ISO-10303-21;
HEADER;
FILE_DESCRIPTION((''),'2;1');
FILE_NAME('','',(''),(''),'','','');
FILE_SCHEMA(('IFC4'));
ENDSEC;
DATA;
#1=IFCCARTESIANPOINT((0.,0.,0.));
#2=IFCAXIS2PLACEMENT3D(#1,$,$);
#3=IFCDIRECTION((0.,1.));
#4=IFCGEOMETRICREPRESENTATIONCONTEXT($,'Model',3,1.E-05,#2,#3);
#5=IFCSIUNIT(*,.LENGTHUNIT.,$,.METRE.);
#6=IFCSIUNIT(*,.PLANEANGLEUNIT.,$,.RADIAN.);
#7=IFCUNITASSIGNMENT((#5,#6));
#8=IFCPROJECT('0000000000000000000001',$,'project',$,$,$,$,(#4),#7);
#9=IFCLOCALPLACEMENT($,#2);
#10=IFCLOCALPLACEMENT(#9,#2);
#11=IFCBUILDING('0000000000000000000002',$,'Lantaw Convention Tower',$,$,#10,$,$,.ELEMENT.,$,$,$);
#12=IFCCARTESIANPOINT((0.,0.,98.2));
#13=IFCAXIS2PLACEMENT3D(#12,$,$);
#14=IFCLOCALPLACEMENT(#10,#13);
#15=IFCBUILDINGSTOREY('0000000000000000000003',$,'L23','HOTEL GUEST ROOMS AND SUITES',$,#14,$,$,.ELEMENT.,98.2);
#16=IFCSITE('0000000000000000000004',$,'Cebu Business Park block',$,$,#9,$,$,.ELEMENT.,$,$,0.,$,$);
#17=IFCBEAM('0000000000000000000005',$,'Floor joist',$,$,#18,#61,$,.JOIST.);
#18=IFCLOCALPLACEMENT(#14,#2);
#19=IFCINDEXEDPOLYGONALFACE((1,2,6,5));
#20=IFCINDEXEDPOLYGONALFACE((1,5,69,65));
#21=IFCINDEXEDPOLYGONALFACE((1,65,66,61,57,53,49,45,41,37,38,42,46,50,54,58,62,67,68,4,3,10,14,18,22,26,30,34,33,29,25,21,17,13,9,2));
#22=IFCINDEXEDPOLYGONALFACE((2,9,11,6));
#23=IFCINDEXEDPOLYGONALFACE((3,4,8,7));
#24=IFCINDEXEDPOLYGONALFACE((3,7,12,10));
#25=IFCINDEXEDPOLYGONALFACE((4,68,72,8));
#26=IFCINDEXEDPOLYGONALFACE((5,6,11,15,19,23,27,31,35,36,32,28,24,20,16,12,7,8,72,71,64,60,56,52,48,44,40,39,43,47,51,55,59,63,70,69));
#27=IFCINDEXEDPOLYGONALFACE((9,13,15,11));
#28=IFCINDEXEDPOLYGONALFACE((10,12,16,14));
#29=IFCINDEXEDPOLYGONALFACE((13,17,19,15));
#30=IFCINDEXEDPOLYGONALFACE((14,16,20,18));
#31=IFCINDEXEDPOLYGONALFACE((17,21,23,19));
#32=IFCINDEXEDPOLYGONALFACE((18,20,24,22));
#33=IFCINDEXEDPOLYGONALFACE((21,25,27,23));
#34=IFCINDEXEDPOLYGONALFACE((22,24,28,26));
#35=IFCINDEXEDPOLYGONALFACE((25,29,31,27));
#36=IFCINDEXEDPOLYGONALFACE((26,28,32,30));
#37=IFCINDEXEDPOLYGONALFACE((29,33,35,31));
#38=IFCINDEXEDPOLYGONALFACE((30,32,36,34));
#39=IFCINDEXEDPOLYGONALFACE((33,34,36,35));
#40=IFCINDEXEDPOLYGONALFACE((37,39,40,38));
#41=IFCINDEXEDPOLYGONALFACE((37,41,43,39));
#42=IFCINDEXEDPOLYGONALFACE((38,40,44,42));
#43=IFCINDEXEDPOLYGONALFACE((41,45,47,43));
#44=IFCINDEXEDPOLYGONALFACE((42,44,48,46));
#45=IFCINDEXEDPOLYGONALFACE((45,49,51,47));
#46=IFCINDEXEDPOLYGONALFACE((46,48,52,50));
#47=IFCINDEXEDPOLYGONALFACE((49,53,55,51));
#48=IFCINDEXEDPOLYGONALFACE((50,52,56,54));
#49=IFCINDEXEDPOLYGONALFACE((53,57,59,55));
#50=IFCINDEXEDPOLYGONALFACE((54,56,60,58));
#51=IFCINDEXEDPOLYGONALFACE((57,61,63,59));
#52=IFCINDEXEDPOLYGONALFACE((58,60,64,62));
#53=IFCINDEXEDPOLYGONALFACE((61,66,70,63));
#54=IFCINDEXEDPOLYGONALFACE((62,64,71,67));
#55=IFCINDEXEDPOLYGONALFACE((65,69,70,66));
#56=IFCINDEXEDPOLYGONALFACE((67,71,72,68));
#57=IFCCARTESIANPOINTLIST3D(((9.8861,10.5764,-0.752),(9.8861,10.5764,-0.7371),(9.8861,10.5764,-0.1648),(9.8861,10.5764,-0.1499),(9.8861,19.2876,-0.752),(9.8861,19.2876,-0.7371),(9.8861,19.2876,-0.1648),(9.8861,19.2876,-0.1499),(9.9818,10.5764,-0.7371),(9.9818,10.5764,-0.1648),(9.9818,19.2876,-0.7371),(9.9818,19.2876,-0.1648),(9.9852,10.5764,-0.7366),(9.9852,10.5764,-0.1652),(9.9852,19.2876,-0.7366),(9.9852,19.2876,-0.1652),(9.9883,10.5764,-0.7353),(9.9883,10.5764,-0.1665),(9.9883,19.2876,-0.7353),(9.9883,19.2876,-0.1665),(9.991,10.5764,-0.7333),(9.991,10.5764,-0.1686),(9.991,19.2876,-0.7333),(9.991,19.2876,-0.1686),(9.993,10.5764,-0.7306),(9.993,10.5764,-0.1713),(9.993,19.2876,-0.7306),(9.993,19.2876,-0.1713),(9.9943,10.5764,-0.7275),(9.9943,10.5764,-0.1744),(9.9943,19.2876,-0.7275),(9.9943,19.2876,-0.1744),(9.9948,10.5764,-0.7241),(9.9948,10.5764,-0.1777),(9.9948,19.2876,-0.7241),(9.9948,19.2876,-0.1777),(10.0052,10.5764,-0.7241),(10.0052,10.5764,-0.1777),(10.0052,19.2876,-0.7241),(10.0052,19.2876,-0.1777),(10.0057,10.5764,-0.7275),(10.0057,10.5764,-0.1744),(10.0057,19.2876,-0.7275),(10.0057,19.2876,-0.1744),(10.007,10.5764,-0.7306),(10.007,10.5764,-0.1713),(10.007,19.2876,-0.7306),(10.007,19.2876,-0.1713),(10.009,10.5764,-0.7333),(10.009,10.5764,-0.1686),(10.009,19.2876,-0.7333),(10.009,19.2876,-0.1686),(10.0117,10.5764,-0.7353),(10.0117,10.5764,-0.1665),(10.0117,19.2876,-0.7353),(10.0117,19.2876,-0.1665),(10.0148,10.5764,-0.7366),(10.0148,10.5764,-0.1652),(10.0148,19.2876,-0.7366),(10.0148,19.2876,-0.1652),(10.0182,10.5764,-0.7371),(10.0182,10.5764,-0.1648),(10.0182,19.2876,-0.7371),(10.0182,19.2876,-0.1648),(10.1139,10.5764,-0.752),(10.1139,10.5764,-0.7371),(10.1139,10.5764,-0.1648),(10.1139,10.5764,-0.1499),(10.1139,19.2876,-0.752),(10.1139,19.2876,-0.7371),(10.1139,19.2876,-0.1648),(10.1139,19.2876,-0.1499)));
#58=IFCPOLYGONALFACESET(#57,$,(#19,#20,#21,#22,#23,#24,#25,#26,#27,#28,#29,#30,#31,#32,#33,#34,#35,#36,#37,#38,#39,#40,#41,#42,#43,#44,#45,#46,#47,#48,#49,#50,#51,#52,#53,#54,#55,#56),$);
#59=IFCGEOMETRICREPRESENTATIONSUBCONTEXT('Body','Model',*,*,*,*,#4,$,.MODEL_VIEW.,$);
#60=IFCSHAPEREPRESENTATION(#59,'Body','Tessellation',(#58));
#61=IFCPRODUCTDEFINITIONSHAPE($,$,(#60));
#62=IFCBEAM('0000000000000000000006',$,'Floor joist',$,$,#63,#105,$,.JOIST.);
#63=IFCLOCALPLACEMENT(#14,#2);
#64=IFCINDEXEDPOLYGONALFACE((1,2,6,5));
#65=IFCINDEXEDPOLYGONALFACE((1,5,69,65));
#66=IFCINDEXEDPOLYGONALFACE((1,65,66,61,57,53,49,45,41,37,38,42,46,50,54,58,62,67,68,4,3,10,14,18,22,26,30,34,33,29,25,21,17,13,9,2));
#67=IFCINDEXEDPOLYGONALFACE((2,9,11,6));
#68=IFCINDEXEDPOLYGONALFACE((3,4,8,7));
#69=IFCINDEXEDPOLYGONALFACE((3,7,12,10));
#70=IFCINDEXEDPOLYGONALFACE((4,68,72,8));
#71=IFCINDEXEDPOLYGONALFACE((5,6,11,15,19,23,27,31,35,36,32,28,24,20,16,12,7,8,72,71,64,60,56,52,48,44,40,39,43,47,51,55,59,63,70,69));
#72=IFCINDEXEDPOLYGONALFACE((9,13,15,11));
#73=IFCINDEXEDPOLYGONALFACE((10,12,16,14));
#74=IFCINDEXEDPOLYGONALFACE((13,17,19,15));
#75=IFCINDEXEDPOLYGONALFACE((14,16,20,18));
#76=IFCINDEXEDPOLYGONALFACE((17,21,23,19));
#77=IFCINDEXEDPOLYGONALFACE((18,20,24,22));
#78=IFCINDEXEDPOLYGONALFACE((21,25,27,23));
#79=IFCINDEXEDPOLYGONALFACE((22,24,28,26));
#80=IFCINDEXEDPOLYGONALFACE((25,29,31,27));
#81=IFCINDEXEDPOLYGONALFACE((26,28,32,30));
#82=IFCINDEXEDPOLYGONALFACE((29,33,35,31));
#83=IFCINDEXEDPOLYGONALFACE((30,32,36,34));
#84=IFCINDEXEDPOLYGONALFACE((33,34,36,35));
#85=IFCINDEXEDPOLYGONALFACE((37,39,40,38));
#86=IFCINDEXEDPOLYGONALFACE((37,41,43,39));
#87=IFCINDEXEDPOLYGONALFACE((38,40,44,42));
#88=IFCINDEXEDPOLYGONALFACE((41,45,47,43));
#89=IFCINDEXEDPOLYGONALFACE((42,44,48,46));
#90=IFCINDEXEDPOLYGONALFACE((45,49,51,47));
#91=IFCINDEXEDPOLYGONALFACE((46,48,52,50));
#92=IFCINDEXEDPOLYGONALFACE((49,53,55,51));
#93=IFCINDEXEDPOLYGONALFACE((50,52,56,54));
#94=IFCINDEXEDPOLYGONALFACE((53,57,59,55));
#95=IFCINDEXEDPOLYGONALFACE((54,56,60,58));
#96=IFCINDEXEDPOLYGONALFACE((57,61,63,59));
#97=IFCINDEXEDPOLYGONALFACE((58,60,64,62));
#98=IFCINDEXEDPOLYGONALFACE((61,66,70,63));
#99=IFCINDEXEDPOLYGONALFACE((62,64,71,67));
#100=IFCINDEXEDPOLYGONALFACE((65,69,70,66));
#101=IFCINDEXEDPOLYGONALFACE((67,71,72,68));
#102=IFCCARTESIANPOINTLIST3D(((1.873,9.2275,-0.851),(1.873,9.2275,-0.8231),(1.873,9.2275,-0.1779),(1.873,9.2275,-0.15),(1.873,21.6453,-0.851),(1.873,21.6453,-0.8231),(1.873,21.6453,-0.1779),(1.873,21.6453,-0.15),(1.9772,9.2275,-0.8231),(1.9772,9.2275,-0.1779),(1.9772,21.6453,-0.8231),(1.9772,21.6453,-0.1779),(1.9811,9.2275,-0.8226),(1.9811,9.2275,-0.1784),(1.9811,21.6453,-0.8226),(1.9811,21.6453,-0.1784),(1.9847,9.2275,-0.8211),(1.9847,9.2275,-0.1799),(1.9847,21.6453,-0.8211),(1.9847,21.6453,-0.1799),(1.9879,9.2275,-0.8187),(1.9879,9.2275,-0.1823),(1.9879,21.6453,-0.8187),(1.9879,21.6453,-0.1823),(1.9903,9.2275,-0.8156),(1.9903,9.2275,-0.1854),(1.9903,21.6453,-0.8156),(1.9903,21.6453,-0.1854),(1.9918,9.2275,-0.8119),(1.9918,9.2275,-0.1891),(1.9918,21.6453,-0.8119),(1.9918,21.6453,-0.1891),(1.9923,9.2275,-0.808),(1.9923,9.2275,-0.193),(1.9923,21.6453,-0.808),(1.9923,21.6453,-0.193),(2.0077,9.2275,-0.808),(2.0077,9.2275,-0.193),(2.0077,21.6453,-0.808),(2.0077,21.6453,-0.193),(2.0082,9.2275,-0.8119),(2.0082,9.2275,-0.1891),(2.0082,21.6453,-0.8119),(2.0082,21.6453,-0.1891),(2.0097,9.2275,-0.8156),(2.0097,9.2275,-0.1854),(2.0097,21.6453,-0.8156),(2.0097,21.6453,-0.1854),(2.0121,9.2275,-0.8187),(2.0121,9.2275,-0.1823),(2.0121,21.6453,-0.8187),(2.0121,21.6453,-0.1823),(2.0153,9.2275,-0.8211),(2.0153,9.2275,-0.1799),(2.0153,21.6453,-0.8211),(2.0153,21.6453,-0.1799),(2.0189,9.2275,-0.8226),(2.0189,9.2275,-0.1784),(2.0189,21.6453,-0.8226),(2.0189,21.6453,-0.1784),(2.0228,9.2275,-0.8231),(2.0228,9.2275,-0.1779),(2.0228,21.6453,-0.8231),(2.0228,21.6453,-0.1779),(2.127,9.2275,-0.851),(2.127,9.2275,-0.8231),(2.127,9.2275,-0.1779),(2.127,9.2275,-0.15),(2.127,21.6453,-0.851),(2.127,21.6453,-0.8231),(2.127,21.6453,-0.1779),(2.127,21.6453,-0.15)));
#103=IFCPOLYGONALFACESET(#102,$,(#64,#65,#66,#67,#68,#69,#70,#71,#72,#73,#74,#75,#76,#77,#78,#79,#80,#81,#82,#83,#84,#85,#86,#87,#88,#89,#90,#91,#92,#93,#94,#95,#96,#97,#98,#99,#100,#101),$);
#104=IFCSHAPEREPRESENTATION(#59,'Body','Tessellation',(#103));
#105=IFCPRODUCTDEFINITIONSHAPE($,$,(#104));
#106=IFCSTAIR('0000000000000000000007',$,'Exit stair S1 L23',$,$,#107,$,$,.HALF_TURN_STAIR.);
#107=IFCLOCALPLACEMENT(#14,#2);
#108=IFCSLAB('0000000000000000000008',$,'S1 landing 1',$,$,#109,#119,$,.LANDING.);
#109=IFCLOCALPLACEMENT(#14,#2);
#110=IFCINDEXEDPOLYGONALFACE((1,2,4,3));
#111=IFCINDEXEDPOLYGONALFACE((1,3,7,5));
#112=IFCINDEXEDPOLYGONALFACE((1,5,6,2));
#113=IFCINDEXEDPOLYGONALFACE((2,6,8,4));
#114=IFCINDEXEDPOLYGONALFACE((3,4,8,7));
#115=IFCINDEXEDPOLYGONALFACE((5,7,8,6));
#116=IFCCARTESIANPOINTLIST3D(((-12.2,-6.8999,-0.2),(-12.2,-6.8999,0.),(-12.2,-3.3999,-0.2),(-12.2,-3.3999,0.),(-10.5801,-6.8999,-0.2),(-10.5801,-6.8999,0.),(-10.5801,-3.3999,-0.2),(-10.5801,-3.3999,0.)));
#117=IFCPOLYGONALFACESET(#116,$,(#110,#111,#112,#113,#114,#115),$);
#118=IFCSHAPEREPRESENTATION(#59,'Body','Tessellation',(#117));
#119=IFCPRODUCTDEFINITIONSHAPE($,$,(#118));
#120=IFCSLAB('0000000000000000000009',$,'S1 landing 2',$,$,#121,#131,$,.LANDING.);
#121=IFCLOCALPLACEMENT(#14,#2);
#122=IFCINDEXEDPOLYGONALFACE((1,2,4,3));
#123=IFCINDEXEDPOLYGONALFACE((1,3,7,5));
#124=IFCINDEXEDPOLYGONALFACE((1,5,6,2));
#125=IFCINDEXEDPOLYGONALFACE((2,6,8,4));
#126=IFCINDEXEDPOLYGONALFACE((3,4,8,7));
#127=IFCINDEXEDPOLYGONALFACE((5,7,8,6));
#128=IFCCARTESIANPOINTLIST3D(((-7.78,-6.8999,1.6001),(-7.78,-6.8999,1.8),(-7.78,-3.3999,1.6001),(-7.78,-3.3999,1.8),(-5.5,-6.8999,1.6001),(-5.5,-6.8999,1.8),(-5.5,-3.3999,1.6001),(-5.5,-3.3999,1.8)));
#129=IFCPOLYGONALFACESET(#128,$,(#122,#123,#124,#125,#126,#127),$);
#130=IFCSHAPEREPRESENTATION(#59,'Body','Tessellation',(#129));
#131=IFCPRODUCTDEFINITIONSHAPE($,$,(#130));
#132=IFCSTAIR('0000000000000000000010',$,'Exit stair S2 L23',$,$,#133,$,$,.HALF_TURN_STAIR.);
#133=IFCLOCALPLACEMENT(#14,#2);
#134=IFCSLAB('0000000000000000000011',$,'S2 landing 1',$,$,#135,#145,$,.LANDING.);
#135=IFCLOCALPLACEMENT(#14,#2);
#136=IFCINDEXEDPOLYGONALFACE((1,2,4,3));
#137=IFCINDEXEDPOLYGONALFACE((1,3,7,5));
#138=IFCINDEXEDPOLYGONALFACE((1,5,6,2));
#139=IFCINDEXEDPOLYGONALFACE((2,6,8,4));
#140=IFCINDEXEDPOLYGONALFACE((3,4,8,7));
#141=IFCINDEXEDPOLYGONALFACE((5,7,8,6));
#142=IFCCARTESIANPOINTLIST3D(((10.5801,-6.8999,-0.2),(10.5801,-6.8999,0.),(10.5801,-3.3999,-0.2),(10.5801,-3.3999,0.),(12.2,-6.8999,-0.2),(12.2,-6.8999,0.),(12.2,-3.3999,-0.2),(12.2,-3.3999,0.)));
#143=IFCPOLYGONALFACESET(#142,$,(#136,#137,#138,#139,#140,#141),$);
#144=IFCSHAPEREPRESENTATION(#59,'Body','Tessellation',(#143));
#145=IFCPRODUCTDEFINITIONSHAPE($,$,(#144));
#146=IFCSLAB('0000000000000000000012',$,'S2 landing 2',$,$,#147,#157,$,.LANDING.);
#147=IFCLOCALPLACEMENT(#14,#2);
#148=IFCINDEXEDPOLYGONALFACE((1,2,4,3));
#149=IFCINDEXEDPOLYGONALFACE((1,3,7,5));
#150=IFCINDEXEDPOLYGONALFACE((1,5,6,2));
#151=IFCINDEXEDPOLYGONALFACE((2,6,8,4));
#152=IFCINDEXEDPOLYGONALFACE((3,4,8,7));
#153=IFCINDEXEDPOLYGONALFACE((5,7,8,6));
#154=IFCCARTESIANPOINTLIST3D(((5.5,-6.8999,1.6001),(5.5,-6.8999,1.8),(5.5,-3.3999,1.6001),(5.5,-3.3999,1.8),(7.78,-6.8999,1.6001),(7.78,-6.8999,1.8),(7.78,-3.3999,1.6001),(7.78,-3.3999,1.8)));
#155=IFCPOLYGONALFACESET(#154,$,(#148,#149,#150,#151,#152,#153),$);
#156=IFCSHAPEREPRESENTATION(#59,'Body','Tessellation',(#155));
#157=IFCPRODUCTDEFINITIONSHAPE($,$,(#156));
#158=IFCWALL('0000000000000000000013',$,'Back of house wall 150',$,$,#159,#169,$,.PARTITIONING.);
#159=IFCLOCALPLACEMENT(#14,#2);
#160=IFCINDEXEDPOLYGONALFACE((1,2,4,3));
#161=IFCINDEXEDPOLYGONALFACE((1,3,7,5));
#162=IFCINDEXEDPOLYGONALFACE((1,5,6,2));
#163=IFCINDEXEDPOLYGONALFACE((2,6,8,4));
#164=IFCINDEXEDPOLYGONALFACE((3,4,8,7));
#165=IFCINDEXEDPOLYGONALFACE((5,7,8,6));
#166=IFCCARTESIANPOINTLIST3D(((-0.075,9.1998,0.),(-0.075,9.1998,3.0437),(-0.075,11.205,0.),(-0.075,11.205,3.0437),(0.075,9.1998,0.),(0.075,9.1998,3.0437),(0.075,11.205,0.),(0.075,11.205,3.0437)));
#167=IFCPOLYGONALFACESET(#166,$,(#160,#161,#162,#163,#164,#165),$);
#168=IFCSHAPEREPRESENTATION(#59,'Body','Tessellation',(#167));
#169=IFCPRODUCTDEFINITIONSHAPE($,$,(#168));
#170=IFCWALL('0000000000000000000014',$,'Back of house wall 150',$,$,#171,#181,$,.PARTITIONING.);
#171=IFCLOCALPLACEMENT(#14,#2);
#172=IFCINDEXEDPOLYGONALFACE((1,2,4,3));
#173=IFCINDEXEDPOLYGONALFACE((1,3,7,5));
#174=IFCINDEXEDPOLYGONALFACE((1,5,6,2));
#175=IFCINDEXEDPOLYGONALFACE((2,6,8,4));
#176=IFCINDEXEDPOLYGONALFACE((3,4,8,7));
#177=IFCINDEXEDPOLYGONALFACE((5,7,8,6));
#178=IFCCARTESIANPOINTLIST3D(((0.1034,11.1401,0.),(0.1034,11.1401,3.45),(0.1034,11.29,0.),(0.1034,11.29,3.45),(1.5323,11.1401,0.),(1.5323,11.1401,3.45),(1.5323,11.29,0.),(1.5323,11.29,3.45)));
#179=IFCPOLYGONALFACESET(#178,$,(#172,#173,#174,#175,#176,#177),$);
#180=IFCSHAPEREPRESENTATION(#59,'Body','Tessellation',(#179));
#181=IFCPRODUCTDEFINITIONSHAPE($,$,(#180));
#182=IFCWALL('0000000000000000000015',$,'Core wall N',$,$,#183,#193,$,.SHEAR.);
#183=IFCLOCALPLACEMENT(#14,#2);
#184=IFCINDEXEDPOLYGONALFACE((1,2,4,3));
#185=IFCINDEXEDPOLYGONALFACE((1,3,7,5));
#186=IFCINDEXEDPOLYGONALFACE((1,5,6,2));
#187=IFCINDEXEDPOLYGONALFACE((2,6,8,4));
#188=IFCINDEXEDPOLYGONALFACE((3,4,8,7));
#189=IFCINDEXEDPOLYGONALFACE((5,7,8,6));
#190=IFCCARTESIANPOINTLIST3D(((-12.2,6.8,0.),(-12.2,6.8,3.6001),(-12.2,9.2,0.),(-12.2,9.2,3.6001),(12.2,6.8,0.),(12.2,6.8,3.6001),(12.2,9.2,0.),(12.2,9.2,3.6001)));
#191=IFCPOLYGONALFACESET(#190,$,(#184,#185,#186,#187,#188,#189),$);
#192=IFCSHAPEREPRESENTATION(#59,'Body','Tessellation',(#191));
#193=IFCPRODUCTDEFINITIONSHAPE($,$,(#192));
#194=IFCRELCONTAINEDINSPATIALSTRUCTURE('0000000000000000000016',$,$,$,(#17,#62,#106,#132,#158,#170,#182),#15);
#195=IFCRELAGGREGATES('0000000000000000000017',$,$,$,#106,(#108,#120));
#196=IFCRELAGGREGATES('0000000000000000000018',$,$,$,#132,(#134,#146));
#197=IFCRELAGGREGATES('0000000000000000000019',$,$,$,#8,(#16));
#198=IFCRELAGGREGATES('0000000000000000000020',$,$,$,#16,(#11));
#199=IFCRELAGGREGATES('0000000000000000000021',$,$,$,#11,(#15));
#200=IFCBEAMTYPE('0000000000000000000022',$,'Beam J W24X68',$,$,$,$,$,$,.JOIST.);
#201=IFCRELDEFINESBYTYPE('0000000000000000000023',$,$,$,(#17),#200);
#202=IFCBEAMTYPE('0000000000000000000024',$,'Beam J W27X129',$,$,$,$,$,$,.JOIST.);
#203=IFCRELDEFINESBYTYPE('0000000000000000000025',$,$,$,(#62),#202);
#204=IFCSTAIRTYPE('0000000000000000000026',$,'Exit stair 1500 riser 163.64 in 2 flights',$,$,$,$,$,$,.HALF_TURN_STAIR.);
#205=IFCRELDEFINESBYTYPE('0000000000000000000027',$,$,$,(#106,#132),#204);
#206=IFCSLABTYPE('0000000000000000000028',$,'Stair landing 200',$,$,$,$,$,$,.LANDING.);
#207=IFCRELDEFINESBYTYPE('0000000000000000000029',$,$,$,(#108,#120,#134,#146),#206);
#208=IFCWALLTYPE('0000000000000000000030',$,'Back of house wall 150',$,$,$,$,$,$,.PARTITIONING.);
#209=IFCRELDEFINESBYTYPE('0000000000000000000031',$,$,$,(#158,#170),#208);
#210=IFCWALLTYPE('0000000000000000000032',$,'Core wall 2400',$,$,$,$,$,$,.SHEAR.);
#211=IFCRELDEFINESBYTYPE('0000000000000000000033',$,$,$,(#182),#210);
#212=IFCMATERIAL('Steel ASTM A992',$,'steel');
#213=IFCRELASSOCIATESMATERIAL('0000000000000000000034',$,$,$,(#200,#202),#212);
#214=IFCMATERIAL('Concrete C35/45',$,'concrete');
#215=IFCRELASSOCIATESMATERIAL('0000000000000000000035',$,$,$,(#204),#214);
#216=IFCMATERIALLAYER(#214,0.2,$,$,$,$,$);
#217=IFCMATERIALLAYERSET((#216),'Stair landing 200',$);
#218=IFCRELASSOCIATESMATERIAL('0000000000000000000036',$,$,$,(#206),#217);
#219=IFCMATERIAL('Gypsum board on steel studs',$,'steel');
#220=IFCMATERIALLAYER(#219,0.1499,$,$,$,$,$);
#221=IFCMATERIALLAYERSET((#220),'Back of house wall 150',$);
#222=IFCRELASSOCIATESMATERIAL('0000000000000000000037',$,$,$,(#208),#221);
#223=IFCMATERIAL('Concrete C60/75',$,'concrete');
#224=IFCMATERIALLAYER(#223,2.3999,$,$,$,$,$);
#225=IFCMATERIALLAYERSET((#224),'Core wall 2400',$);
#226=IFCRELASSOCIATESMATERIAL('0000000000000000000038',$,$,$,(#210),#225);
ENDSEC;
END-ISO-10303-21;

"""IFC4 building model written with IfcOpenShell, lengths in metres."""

from ifc_helpers import new_model, si_unit, direction, frame, frame_2d, origin, origin_2d, place, context, subcontext, project, spatial, polyline, rectangle, i_section, outline, extrude, material, layer, layer_set, material_profile, profile_set, type_object, element, aggregate, save


model = new_model("IFC4")

# Units and contexts
model_context = context("Model", 3, precision=1e-05, world=origin(), true_north=direction((0.0, 1.0)))
body_context = subcontext(model_context, "Body", "Model", "MODEL_VIEW")
ifc_project = project(units=[si_unit("LENGTHUNIT", "METRE"), si_unit("PLANEANGLEUNIT", "RADIAN")], contexts=[model_context])

# Site, building, storey
site_placement = place(None, origin())
site = spatial("IfcSite", under=ifc_project, at=site_placement, Name="Cebu Business Park block", CompositionType="ELEMENT", RefElevation=0.0)
building_placement = place(site_placement, origin())
building = spatial("IfcBuilding", under=site, at=building_placement, Name="Lantaw Convention Tower", CompositionType="ELEMENT")
storey_placement = place(building_placement, frame((0.0, 0.0, 98.2)))
storey = spatial("IfcBuildingStorey", under=building, at=storey_placement, Name="L23", Description="HOTEL GUEST ROOMS AND SUITES", CompositionType="ELEMENT", Elevation=98.2)

# Beams
ifc_material_1 = material(Name="Steel ASTM A992", Category="steel")
ifc_material_profile_1 = material_profile(ifc_material_1, i_section(OverallWidth=0.2278, OverallDepth=0.6021, WebThickness=0.0105, FlangeThickness=0.0149, FilletRadius=0.0129, at=origin_2d()), Name="W24X68")
ifc_profile_set_1 = profile_set([ifc_material_profile_1], Name="Steel ASTM A992")
beam_type_1 = type_object("IfcBeamType", Name="Beam J W24X68", PredefinedType="JOIST", material=ifc_profile_set_1)
beam_1_placement = place(storey_placement, frame((10.0, 10.5764, -0.4509), z_axis=(0.0, 1.0, 0.0), x_axis=(-1.0, 0.0, 0.0)))
element("IfcBeam", 1, at=beam_1_placement, inside=storey, type_object=beam_type_1, Name="Floor joist", PredefinedType="JOIST", context=body_context, shape_type="SweptSolid", body=[
    extrude(i_section(OverallWidth=0.2278, OverallDepth=0.6021, WebThickness=0.0105, FlangeThickness=0.0149, FilletRadius=0.0129, at=origin_2d()), origin(), (0.0, 0.0, 1.0), 8.7112),
])
ifc_material_profile_2 = material_profile(ifc_material_1, i_section(OverallWidth=0.2539, OverallDepth=0.7009, WebThickness=0.0154, FlangeThickness=0.0278, FilletRadius=0.0151, at=origin_2d()), Name="W27X129")
ifc_profile_set_2 = profile_set([ifc_material_profile_2], Name="Steel ASTM A992")
beam_type_2 = type_object("IfcBeamType", Name="Beam J W27X129", PredefinedType="JOIST", material=ifc_profile_set_2)
beam_2_placement = place(storey_placement, frame((2.0, 9.2275, -0.5005), z_axis=(0.0, 1.0, 0.0), x_axis=(-1.0, 0.0, 0.0)))
element("IfcBeam", 2, at=beam_2_placement, inside=storey, type_object=beam_type_2, Name="Floor joist", PredefinedType="JOIST", context=body_context, shape_type="SweptSolid", body=[
    extrude(i_section(OverallWidth=0.2539, OverallDepth=0.7009, WebThickness=0.0154, FlangeThickness=0.0278, FilletRadius=0.0151, at=origin_2d()), origin(), (0.0, 0.0, 1.0), 12.4177),
])

# Stairs, slabs
ifc_material_2 = material(Name="Concrete C35/45", Category="concrete")
stair_type = type_object("IfcStairType", Name="Exit stair 1500 riser 163.64 in 2 flights", PredefinedType="HALF_TURN_STAIR", material=ifc_material_2)
stair_1_placement = place(storey_placement, origin())
stair_1 = element("IfcStair", 3, at=stair_1_placement, inside=storey, type_object=stair_type, Name="Exit stair S1 L23", PredefinedType="HALF_TURN_STAIR")
ifc_layer_1 = layer(ifc_material_2, 0.2)
ifc_layer_set_1 = layer_set([ifc_layer_1], Name="Stair landing 200")
slab_type = type_object("IfcSlabType", Name="Stair landing 200", PredefinedType="LANDING", material=ifc_layer_set_1)
slab_1_placement = place(storey_placement, frame((0.0, 0.0, -0.2)))
slab_1 = element("IfcSlab", 4, at=slab_1_placement, type_object=slab_type, Name="S1 landing 1", PredefinedType="LANDING", context=body_context, shape_type="SweptSolid", body=[
    extrude(outline(polyline([(-12.2, -6.8999), (-10.5801, -6.8999), (-10.5801, -3.3999), (-12.2, -3.3999), (-12.2, -6.8999)])), origin(), (0.0, 0.0, 1.0), 0.2),
])
slab_2_placement = place(storey_placement, frame((0.0, 0.0, 1.6001)))
slab_2 = element("IfcSlab", 5, at=slab_2_placement, type_object=slab_type, Name="S1 landing 2", PredefinedType="LANDING", context=body_context, shape_type="SweptSolid", body=[
    extrude(outline(polyline([(-7.78, -6.8999), (-5.5, -6.8999), (-5.5, -3.3999), (-7.78, -3.3999), (-7.78, -6.8999)])), origin(), (0.0, 0.0, 1.0), 0.2),
])
aggregate(stair_1, [slab_1, slab_2])
stair_2_placement = place(storey_placement, origin())
stair_2 = element("IfcStair", 6, at=stair_2_placement, inside=storey, type_object=stair_type, Name="Exit stair S2 L23", PredefinedType="HALF_TURN_STAIR")
slab_3_placement = place(storey_placement, frame((0.0, 0.0, -0.2)))
slab_3 = element("IfcSlab", 7, at=slab_3_placement, type_object=slab_type, Name="S2 landing 1", PredefinedType="LANDING", context=body_context, shape_type="SweptSolid", body=[
    extrude(outline(polyline([(10.5801, -6.8999), (12.2, -6.8999), (12.2, -3.3999), (10.5801, -3.3999), (10.5801, -6.8999)])), origin(), (0.0, 0.0, 1.0), 0.2),
])
slab_4_placement = place(storey_placement, frame((0.0, 0.0, 1.6001)))
slab_4 = element("IfcSlab", 8, at=slab_4_placement, type_object=slab_type, Name="S2 landing 2", PredefinedType="LANDING", context=body_context, shape_type="SweptSolid", body=[
    extrude(outline(polyline([(5.5, -6.8999), (7.78, -6.8999), (7.78, -3.3999), (5.5, -3.3999), (5.5, -6.8999)])), origin(), (0.0, 0.0, 1.0), 0.2),
])
aggregate(stair_2, [slab_3, slab_4])

# Walls
ifc_material_3 = material(Name="Gypsum board on steel studs", Category="steel")
ifc_layer_2 = layer(ifc_material_3, 0.1499)
ifc_layer_set_2 = layer_set([ifc_layer_2], Name="Back of house wall 150")
wall_type_1 = type_object("IfcWallType", Name="Back of house wall 150", PredefinedType="PARTITIONING", material=ifc_layer_set_2)
wall_1_placement = place(storey_placement, frame((0.0, 9.2, 0.0), z_axis=(0.0, 0.0, 1.0), x_axis=(0.0, 1.0, 0.0)))
element("IfcWall", 9, at=wall_1_placement, inside=storey, type_object=wall_type_1, Name="Back of house wall 150", PredefinedType="PARTITIONING", context=body_context, shape_type="SweptSolid", body=[
    extrude(rectangle(XDim=2.0051, YDim=0.1499, at=frame_2d((1.0024, 0.0))), origin(), (0.0, 0.0, 1.0), 3.0437),
])
wall_2_placement = place(storey_placement, frame((1.5322, 11.2151, 0.0), z_axis=(0.0, 0.0, 1.0), x_axis=(-1.0, 0.0, 0.0)))
element("IfcWall", 10, at=wall_2_placement, inside=storey, type_object=wall_type_1, Name="Back of house wall 150", PredefinedType="PARTITIONING", context=body_context, shape_type="SweptSolid", body=[
    extrude(rectangle(XDim=1.429, YDim=0.1499, at=frame_2d((0.7144, 0.0))), origin(), (0.0, 0.0, 1.0), 3.45),
])
ifc_material_4 = material(Name="Concrete C60/75", Category="concrete")
ifc_layer_3 = layer(ifc_material_4, 2.3999)
ifc_layer_set_3 = layer_set([ifc_layer_3], Name="Core wall 2400")
wall_type_2 = type_object("IfcWallType", Name="Core wall 2400", PredefinedType="SHEAR", material=ifc_layer_set_3)
wall_3_placement = place(storey_placement, frame((12.2, 8.0, 0.0), z_axis=(0.0, 0.0, 1.0), x_axis=(-1.0, 0.0, 0.0)))
element("IfcWall", 11, at=wall_3_placement, inside=storey, type_object=wall_type_2, Name="Core wall N", PredefinedType="SHEAR", context=body_context, shape_type="SweptSolid", body=[
    extrude(rectangle(XDim=24.3999, YDim=2.3999, at=frame_2d((12.2, 0.0))), origin(), (0.0, 0.0, 1.0), 3.6001),
])

save(model, "model.ifc")
